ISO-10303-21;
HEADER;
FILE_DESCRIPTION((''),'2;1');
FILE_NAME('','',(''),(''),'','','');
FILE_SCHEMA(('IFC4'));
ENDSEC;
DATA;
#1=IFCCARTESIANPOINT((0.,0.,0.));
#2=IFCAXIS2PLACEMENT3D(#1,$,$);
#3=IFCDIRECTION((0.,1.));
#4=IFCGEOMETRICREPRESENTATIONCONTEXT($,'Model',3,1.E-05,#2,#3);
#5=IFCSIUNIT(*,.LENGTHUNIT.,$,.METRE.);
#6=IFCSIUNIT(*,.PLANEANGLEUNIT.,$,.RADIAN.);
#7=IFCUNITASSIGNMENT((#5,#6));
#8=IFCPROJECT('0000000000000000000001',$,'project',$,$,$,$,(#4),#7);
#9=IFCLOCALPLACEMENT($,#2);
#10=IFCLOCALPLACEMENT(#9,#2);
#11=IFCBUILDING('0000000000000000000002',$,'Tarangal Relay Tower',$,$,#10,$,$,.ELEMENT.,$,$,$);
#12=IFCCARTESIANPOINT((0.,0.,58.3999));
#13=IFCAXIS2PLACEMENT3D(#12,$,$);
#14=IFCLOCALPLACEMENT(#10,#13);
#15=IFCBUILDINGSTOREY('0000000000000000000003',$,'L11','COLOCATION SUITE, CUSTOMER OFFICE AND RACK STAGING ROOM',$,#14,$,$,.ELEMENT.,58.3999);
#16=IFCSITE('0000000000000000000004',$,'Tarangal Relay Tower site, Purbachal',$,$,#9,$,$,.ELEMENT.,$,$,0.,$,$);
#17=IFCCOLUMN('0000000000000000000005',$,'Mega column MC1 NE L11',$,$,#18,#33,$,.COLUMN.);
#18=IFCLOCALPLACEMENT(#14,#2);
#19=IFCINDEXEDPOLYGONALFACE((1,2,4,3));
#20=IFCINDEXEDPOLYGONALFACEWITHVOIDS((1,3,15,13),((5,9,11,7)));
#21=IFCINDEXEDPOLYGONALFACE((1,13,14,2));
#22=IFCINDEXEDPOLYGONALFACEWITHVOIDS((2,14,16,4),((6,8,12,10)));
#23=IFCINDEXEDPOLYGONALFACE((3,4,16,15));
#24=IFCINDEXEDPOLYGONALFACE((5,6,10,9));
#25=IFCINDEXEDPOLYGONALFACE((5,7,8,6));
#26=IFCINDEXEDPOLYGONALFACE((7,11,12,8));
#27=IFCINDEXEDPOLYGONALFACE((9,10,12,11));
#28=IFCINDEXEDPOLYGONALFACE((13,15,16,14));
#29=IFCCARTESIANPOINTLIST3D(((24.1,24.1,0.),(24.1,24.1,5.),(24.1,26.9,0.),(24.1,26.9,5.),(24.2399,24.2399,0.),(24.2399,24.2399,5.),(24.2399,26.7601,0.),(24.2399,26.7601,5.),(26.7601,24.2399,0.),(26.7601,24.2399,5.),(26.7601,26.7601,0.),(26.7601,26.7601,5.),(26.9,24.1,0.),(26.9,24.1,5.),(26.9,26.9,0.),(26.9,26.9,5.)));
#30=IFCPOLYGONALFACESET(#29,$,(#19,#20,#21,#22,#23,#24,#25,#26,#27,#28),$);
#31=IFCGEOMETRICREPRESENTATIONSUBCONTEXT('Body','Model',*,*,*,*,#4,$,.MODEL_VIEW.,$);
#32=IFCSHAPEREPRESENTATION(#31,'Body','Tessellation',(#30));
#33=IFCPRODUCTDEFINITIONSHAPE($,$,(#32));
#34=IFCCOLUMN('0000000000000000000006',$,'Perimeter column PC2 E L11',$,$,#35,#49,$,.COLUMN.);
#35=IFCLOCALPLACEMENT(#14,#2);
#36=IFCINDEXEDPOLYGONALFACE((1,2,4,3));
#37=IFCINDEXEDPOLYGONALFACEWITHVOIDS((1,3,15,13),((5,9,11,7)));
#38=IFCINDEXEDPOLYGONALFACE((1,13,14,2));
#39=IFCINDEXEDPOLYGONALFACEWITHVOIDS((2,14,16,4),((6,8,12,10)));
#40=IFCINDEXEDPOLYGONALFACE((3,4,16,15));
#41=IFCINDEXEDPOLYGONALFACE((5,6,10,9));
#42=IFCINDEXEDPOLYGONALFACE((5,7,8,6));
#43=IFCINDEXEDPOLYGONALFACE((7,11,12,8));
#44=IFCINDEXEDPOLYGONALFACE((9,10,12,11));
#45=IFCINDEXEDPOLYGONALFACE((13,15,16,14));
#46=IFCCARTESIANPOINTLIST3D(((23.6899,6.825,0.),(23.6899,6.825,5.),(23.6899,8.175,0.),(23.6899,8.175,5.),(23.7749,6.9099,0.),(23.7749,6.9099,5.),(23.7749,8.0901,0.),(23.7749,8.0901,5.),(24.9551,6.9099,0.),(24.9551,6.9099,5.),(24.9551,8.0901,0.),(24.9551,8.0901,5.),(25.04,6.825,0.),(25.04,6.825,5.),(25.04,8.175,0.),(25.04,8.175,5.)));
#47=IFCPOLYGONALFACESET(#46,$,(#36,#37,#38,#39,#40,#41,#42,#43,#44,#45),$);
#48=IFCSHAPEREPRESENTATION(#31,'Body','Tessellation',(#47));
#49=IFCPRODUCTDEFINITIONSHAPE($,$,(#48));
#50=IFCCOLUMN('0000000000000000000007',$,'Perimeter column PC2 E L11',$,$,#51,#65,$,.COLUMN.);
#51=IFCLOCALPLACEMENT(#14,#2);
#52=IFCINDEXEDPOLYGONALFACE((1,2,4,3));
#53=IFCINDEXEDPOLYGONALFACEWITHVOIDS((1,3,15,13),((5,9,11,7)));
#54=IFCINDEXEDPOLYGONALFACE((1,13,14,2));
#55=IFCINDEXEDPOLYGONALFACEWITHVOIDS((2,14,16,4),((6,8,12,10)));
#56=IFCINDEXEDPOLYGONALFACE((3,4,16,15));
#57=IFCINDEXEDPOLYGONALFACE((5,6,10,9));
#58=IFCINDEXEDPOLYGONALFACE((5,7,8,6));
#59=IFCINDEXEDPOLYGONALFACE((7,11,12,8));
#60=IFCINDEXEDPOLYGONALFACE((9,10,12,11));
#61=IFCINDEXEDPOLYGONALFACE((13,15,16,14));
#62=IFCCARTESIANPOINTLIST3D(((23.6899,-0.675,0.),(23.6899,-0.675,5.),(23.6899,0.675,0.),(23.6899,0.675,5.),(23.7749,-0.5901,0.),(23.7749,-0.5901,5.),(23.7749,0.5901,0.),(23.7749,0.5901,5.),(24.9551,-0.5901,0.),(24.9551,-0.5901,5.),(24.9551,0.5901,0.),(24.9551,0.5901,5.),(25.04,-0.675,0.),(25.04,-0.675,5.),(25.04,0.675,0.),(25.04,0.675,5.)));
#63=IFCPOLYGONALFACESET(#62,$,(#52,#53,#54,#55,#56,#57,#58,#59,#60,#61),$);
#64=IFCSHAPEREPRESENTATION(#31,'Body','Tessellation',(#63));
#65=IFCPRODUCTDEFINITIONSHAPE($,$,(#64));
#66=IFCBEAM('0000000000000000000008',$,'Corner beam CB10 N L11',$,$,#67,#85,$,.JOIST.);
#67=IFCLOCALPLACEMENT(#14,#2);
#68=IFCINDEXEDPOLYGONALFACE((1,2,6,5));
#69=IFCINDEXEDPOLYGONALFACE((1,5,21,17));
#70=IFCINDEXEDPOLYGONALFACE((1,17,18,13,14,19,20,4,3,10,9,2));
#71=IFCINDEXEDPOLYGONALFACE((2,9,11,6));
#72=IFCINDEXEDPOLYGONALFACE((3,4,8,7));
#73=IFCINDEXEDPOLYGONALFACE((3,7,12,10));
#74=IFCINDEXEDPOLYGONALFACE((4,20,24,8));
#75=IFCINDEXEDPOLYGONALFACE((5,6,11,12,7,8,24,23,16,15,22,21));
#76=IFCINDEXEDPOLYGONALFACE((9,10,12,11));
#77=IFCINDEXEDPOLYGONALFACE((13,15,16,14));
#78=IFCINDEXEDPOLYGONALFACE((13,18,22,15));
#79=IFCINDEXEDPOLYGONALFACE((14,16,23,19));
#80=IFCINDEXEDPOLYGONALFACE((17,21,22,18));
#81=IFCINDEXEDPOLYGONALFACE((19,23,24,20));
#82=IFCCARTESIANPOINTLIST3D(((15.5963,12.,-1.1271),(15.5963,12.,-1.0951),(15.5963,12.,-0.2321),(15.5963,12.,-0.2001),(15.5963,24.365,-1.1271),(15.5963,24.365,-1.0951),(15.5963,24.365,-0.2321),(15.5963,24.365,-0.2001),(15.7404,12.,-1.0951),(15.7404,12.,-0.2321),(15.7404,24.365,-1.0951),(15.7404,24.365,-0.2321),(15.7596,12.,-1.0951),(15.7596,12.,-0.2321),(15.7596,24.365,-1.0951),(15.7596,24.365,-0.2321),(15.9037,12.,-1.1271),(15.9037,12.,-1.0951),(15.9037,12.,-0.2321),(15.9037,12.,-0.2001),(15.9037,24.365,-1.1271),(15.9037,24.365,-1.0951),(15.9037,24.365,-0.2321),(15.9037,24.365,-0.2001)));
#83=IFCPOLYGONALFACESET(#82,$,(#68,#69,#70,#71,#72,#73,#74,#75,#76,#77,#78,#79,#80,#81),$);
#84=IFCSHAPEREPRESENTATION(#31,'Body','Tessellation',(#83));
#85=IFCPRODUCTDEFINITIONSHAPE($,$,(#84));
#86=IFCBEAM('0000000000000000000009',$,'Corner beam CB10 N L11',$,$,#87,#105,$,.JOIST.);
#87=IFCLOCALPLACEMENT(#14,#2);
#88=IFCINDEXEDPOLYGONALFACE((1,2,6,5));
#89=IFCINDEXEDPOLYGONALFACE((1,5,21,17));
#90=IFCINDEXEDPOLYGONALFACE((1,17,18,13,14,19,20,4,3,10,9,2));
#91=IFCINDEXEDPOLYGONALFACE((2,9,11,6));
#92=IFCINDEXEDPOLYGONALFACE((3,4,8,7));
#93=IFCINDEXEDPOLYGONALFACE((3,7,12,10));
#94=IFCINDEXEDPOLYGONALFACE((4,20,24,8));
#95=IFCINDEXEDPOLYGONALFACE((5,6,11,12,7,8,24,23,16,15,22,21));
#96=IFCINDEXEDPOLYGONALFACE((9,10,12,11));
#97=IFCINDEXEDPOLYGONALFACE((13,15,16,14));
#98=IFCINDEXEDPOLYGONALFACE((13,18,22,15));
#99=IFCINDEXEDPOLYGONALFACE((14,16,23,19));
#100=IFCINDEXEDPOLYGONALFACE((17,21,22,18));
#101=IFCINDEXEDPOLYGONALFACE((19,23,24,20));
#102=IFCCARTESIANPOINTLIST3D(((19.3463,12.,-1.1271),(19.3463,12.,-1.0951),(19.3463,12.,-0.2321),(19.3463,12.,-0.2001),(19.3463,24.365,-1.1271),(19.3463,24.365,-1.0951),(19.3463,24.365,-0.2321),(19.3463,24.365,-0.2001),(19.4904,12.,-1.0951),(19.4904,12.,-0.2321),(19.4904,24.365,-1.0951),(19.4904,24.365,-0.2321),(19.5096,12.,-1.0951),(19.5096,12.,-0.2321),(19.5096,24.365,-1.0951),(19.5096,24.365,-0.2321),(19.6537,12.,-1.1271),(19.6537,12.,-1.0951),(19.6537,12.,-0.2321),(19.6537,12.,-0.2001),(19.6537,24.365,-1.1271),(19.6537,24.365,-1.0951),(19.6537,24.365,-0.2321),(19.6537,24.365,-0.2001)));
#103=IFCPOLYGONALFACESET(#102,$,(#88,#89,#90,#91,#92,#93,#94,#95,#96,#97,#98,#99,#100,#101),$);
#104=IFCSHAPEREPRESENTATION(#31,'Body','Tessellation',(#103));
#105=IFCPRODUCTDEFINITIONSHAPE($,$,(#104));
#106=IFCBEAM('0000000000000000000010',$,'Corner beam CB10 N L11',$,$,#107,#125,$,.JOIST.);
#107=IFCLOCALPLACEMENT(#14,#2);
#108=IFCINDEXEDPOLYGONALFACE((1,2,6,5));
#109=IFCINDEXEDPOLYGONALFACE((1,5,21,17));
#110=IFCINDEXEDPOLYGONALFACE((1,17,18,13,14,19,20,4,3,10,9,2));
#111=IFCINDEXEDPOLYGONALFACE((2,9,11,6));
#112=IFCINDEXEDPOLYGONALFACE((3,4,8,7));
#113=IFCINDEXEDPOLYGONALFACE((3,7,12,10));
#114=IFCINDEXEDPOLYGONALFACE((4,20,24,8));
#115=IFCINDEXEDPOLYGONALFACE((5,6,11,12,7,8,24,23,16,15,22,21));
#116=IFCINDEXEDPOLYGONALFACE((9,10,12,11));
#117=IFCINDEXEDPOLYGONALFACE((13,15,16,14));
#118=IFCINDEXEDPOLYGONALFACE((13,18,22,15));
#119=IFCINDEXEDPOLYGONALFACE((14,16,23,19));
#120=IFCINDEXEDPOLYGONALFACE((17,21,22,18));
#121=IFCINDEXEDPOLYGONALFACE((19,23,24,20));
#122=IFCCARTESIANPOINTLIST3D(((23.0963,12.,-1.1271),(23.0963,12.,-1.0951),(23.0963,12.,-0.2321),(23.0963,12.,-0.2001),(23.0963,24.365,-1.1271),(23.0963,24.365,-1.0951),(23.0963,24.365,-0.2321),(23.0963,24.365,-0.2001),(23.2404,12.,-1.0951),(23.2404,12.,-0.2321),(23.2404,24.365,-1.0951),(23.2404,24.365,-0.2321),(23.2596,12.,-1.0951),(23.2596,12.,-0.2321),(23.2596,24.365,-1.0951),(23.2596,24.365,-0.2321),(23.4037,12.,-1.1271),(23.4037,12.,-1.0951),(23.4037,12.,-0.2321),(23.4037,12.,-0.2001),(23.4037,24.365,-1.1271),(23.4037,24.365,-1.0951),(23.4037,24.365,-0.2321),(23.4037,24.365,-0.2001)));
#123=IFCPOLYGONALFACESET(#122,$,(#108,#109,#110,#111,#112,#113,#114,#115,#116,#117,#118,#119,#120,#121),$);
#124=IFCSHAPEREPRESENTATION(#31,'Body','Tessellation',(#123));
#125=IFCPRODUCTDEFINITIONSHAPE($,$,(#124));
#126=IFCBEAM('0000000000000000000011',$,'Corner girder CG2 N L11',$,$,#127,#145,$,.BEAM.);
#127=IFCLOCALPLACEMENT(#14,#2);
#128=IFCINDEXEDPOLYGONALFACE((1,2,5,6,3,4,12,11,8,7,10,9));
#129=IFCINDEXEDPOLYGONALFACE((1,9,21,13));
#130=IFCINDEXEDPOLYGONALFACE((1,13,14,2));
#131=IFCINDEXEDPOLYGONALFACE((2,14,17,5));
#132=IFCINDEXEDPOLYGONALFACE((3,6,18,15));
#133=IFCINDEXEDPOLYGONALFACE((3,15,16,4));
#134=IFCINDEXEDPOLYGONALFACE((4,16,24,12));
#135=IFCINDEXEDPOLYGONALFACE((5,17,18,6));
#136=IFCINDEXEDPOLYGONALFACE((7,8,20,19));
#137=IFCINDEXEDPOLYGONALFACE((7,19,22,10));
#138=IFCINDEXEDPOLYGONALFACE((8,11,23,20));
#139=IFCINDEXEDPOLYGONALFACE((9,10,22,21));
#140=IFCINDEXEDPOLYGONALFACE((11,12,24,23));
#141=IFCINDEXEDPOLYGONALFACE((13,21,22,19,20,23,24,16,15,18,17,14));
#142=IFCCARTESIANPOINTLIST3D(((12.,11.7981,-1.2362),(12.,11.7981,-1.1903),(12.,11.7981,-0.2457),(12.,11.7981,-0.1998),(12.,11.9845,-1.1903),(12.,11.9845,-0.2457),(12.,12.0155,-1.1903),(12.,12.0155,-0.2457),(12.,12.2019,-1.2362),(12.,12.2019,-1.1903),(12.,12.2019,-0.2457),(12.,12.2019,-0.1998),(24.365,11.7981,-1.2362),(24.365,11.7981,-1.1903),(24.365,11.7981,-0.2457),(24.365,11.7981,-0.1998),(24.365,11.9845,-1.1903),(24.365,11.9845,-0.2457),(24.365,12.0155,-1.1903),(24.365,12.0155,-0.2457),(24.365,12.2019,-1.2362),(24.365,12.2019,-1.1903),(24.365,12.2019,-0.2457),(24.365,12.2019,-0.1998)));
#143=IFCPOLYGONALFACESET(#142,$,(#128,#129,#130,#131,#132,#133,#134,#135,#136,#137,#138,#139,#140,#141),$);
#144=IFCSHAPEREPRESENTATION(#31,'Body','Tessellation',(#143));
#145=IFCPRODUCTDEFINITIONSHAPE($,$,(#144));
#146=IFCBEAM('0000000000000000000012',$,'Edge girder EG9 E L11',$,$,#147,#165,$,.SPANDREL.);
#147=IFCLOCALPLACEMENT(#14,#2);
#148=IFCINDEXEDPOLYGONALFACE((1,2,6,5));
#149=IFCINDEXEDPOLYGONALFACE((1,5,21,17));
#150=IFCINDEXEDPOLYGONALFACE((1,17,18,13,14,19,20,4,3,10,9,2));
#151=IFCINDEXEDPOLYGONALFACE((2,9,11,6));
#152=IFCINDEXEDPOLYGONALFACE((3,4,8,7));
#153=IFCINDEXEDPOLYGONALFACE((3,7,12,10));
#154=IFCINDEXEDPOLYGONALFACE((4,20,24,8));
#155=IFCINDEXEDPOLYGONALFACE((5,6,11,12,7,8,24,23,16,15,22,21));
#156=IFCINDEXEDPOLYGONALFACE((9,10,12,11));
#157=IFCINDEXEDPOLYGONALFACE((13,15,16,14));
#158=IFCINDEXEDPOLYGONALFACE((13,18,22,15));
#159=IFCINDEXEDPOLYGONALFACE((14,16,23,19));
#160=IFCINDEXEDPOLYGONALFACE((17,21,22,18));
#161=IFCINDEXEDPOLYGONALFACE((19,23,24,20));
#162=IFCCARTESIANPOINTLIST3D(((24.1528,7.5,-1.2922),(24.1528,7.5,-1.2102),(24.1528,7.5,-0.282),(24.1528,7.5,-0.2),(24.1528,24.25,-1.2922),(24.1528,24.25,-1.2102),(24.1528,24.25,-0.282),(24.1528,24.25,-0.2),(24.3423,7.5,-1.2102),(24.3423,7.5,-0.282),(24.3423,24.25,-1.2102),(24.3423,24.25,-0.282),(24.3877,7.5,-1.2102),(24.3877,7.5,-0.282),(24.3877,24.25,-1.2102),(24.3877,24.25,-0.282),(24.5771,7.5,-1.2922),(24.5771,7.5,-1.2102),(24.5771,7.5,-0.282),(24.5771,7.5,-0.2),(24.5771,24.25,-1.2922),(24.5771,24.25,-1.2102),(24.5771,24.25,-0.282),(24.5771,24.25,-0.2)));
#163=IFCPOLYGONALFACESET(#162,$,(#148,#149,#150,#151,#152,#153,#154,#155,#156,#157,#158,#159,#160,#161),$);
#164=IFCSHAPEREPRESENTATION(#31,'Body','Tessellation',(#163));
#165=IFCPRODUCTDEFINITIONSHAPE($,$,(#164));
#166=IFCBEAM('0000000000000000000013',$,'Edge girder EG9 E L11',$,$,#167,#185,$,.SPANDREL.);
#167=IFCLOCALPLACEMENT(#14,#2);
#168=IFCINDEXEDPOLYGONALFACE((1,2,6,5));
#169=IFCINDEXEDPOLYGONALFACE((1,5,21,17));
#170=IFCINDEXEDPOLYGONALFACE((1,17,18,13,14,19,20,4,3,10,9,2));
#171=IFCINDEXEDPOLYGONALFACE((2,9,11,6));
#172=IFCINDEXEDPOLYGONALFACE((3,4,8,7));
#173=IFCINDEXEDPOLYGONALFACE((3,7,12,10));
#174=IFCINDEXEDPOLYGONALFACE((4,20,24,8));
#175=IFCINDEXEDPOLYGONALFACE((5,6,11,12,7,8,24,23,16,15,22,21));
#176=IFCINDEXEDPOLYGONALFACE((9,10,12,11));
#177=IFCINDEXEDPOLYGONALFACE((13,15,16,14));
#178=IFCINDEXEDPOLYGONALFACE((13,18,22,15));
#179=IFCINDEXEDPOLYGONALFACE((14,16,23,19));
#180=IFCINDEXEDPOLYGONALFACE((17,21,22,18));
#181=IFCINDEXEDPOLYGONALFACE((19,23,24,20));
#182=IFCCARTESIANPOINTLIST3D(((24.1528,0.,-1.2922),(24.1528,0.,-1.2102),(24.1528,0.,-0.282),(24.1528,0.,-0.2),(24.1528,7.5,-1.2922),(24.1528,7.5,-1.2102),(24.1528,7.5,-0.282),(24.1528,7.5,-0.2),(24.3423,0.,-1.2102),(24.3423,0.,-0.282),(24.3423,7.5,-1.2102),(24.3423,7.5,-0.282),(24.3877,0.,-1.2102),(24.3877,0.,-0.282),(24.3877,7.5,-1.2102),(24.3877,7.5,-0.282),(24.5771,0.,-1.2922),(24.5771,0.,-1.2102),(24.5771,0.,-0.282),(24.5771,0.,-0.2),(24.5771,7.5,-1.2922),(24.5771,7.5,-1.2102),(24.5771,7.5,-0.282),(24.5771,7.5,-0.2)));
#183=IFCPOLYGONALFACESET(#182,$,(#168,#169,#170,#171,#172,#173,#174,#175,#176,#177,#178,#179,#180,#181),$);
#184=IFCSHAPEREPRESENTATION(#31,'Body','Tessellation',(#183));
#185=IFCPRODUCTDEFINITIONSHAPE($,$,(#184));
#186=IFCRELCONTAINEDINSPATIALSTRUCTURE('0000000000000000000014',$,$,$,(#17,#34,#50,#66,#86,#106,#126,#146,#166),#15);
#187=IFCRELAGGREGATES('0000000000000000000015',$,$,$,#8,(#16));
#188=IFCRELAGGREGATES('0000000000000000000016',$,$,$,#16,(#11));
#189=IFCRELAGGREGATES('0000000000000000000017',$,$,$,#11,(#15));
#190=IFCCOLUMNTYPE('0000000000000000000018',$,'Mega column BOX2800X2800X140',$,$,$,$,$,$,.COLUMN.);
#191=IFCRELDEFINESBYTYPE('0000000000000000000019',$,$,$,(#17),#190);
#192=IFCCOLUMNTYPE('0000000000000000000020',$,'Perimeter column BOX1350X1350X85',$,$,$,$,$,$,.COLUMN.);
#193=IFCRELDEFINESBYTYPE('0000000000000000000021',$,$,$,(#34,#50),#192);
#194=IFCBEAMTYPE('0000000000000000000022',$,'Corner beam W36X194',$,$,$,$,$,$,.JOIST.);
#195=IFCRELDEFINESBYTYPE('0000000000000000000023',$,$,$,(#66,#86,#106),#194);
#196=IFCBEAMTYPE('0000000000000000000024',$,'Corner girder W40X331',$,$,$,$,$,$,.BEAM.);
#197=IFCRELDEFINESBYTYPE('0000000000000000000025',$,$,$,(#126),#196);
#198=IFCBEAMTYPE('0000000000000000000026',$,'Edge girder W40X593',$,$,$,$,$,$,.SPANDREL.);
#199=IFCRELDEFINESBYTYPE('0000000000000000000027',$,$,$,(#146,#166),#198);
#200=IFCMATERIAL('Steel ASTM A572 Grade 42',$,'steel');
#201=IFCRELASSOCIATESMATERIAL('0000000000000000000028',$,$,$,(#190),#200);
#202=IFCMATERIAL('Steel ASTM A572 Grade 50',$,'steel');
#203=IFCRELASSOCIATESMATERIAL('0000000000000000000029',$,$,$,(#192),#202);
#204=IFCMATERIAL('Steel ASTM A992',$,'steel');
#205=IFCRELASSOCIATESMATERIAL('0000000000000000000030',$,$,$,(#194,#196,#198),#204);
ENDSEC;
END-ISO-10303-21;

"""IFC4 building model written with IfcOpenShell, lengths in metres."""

from ifc_helpers import new_model, si_unit, direction, frame, origin, origin_2d, place, context, subcontext, project, spatial, hollow_rectangle, i_section, extrude, material, material_profile, profile_set, type_object, element, save


model = new_model("IFC4")

# Units and contexts
model_context = context("Model", 3, precision=1e-05, world=origin(), true_north=direction((0.0, 1.0)))
body_context = subcontext(model_context, "Body", "Model", "MODEL_VIEW")
ifc_project = project(units=[si_unit("LENGTHUNIT", "METRE"), si_unit("PLANEANGLEUNIT", "RADIAN")], contexts=[model_context])

# Site, building, storey
site_placement = place(None, origin())
site = spatial("IfcSite", under=ifc_project, at=site_placement, Name="Tarangal Relay Tower site, Purbachal", CompositionType="ELEMENT", RefElevation=0.0)
building_placement = place(site_placement, origin())
building = spatial("IfcBuilding", under=site, at=building_placement, Name="Tarangal Relay Tower", CompositionType="ELEMENT")
storey_placement = place(building_placement, frame((0.0, 0.0, 58.3999)))
storey = spatial("IfcBuildingStorey", under=building, at=storey_placement, Name="L11", Description="COLOCATION SUITE, CUSTOMER OFFICE AND RACK STAGING ROOM", CompositionType="ELEMENT", Elevation=58.3999)

# Columns
ifc_material_1 = material(Name="Steel ASTM A572 Grade 42", Category="steel")
ifc_material_profile_1 = material_profile(ifc_material_1, hollow_rectangle(XDim=2.8, YDim=2.8, WallThickness=0.1399, at=origin_2d()), Name="BOX2800X2800X140")
ifc_profile_set_1 = profile_set([ifc_material_profile_1], Name="Steel ASTM A572 Grade 42")
column_type_1 = type_object("IfcColumnType", Name="Mega column BOX2800X2800X140", PredefinedType="COLUMN", material=ifc_profile_set_1)
column_placement = place(storey_placement, frame((25.5, 25.5, 0.0), z_axis=(0.0, 0.0, 1.0), x_axis=(1.0, 0.0, 0.0)))
element("IfcColumn", 1, at=column_placement, inside=storey, type_object=column_type_1, Name="Mega column MC1 NE L11", PredefinedType="COLUMN", context=body_context, shape_type="SweptSolid", body=[
    extrude(hollow_rectangle(XDim=2.8, YDim=2.8, WallThickness=0.1399, at=origin_2d()), origin(), (0.0, 0.0, 1.0), 5.0),
])
ifc_material_2 = material(Name="Steel ASTM A572 Grade 50", Category="steel")
ifc_material_profile_2 = material_profile(ifc_material_2, hollow_rectangle(XDim=1.3501, YDim=1.3501, WallThickness=0.085, at=origin_2d()), Name="BOX1350X1350X85")
ifc_profile_set_2 = profile_set([ifc_material_profile_2], Name="Steel ASTM A572 Grade 50")
column_type_2 = type_object("IfcColumnType", Name="Perimeter column BOX1350X1350X85", PredefinedType="COLUMN", material=ifc_profile_set_2)
for number, where, z_axis, x_axis, name in (
    (2, (24.365, 7.5, 0.0), (0.0, 0.0, 1.0), (1.0, 0.0, 0.0), "Perimeter column PC2 E L11"),
    (3, (24.365, 0.0, 0.0), (0.0, 0.0, 1.0), (1.0, 0.0, 0.0), "Perimeter column PC2 E L11"),
):
    element("IfcColumn", number, at=place(storey_placement, frame(where, z_axis=z_axis, x_axis=x_axis)), inside=storey, type_object=column_type_2, Name=name, PredefinedType="COLUMN", context=body_context, shape_type="SweptSolid", body=[
        extrude(hollow_rectangle(XDim=1.3501, YDim=1.3501, WallThickness=0.085, at=origin_2d()), origin(), (0.0, 0.0, 1.0), 5.0),
    ])

# Beams
ifc_material_3 = material(Name="Steel ASTM A992", Category="steel")
ifc_material_profile_3 = material_profile(ifc_material_3, i_section(OverallWidth=0.3074, OverallDepth=0.927, WebThickness=0.0193, FlangeThickness=0.032, at=origin_2d()), Name="W36X194")
ifc_profile_set_3 = profile_set([ifc_material_profile_3], Name="Steel ASTM A992")
beam_type_1 = type_object("IfcBeamType", Name="Corner beam W36X194", PredefinedType="JOIST", material=ifc_profile_set_3)
for number, where, z_axis, x_axis, name in (
    (4, (15.75, 12.0, -0.6636), (0.0, 1.0, 0.0), (-1.0, 0.0, 0.0), "Corner beam CB10 N L11"),
    (5, (19.5, 12.0, -0.6636), (0.0, 1.0, 0.0), (-1.0, 0.0, 0.0), "Corner beam CB10 N L11"),
    (6, (23.25, 12.0, -0.6636), (0.0, 1.0, 0.0), (-1.0, 0.0, 0.0), "Corner beam CB10 N L11"),
):
    element("IfcBeam", number, at=place(storey_placement, frame(where, z_axis=z_axis, x_axis=x_axis)), inside=storey, type_object=beam_type_1, Name=name, PredefinedType="JOIST", context=body_context, shape_type="SweptSolid", body=[
        extrude(i_section(OverallWidth=0.3074, OverallDepth=0.927, WebThickness=0.0193, FlangeThickness=0.032, at=origin_2d()), origin(), (0.0, 0.0, 1.0), 12.365),
    ])
ifc_material_profile_4 = material_profile(ifc_material_3, i_section(OverallWidth=0.4038, OverallDepth=1.0364, WebThickness=0.031, FlangeThickness=0.0459, at=origin_2d()), Name="W40X331")
ifc_profile_set_4 = profile_set([ifc_material_profile_4], Name="Steel ASTM A992")
beam_type_2 = type_object("IfcBeamType", Name="Corner girder W40X331", PredefinedType="BEAM", material=ifc_profile_set_4)
beam_1_placement = place(storey_placement, frame((12.0, 12.0, -0.718), z_axis=(1.0, 0.0, 0.0), x_axis=(0.0, 1.0, 0.0)))
element("IfcBeam", 7, at=beam_1_placement, inside=storey, type_object=beam_type_2, Name="Corner girder CG2 N L11", PredefinedType="BEAM", context=body_context, shape_type="SweptSolid", body=[
    extrude(i_section(OverallWidth=0.4038, OverallDepth=1.0364, WebThickness=0.031, FlangeThickness=0.0459, at=origin_2d()), origin(), (0.0, 0.0, 1.0), 12.365),
])
ifc_material_profile_5 = material_profile(ifc_material_3, i_section(OverallWidth=0.4243, OverallDepth=1.0923, WebThickness=0.0454, FlangeThickness=0.082, at=origin_2d()), Name="W40X593")
ifc_profile_set_5 = profile_set([ifc_material_profile_5], Name="Steel ASTM A992")
beam_type_3 = type_object("IfcBeamType", Name="Edge girder W40X593", PredefinedType="SPANDREL", material=ifc_profile_set_5)
beam_2_placement = place(storey_placement, frame((24.365, 24.25, -0.7461), z_axis=(0.0, -1.0, 0.0), x_axis=(1.0, 0.0, 0.0)))
element("IfcBeam", 8, at=beam_2_placement, inside=storey, type_object=beam_type_3, Name="Edge girder EG9 E L11", PredefinedType="SPANDREL", context=body_context, shape_type="SweptSolid", body=[
    extrude(i_section(OverallWidth=0.4243, OverallDepth=1.0923, WebThickness=0.0454, FlangeThickness=0.082, at=origin_2d()), origin(), (0.0, 0.0, 1.0), 16.75),
])
for number, where, z_axis, x_axis, name in (
    (9, (24.365, 7.5, -0.7461), (0.0, -1.0, 0.0), (1.0, 0.0, 0.0), "Edge girder EG9 E L11"),
):
    element("IfcBeam", number, at=place(storey_placement, frame(where, z_axis=z_axis, x_axis=x_axis)), inside=storey, type_object=beam_type_3, Name=name, PredefinedType="SPANDREL", context=body_context, shape_type="SweptSolid", body=[
        extrude(i_section(OverallWidth=0.4243, OverallDepth=1.0923, WebThickness=0.0454, FlangeThickness=0.082, at=origin_2d()), origin(), (0.0, 0.0, 1.0), 7.5),
    ])

save(model, "model.ifc")
